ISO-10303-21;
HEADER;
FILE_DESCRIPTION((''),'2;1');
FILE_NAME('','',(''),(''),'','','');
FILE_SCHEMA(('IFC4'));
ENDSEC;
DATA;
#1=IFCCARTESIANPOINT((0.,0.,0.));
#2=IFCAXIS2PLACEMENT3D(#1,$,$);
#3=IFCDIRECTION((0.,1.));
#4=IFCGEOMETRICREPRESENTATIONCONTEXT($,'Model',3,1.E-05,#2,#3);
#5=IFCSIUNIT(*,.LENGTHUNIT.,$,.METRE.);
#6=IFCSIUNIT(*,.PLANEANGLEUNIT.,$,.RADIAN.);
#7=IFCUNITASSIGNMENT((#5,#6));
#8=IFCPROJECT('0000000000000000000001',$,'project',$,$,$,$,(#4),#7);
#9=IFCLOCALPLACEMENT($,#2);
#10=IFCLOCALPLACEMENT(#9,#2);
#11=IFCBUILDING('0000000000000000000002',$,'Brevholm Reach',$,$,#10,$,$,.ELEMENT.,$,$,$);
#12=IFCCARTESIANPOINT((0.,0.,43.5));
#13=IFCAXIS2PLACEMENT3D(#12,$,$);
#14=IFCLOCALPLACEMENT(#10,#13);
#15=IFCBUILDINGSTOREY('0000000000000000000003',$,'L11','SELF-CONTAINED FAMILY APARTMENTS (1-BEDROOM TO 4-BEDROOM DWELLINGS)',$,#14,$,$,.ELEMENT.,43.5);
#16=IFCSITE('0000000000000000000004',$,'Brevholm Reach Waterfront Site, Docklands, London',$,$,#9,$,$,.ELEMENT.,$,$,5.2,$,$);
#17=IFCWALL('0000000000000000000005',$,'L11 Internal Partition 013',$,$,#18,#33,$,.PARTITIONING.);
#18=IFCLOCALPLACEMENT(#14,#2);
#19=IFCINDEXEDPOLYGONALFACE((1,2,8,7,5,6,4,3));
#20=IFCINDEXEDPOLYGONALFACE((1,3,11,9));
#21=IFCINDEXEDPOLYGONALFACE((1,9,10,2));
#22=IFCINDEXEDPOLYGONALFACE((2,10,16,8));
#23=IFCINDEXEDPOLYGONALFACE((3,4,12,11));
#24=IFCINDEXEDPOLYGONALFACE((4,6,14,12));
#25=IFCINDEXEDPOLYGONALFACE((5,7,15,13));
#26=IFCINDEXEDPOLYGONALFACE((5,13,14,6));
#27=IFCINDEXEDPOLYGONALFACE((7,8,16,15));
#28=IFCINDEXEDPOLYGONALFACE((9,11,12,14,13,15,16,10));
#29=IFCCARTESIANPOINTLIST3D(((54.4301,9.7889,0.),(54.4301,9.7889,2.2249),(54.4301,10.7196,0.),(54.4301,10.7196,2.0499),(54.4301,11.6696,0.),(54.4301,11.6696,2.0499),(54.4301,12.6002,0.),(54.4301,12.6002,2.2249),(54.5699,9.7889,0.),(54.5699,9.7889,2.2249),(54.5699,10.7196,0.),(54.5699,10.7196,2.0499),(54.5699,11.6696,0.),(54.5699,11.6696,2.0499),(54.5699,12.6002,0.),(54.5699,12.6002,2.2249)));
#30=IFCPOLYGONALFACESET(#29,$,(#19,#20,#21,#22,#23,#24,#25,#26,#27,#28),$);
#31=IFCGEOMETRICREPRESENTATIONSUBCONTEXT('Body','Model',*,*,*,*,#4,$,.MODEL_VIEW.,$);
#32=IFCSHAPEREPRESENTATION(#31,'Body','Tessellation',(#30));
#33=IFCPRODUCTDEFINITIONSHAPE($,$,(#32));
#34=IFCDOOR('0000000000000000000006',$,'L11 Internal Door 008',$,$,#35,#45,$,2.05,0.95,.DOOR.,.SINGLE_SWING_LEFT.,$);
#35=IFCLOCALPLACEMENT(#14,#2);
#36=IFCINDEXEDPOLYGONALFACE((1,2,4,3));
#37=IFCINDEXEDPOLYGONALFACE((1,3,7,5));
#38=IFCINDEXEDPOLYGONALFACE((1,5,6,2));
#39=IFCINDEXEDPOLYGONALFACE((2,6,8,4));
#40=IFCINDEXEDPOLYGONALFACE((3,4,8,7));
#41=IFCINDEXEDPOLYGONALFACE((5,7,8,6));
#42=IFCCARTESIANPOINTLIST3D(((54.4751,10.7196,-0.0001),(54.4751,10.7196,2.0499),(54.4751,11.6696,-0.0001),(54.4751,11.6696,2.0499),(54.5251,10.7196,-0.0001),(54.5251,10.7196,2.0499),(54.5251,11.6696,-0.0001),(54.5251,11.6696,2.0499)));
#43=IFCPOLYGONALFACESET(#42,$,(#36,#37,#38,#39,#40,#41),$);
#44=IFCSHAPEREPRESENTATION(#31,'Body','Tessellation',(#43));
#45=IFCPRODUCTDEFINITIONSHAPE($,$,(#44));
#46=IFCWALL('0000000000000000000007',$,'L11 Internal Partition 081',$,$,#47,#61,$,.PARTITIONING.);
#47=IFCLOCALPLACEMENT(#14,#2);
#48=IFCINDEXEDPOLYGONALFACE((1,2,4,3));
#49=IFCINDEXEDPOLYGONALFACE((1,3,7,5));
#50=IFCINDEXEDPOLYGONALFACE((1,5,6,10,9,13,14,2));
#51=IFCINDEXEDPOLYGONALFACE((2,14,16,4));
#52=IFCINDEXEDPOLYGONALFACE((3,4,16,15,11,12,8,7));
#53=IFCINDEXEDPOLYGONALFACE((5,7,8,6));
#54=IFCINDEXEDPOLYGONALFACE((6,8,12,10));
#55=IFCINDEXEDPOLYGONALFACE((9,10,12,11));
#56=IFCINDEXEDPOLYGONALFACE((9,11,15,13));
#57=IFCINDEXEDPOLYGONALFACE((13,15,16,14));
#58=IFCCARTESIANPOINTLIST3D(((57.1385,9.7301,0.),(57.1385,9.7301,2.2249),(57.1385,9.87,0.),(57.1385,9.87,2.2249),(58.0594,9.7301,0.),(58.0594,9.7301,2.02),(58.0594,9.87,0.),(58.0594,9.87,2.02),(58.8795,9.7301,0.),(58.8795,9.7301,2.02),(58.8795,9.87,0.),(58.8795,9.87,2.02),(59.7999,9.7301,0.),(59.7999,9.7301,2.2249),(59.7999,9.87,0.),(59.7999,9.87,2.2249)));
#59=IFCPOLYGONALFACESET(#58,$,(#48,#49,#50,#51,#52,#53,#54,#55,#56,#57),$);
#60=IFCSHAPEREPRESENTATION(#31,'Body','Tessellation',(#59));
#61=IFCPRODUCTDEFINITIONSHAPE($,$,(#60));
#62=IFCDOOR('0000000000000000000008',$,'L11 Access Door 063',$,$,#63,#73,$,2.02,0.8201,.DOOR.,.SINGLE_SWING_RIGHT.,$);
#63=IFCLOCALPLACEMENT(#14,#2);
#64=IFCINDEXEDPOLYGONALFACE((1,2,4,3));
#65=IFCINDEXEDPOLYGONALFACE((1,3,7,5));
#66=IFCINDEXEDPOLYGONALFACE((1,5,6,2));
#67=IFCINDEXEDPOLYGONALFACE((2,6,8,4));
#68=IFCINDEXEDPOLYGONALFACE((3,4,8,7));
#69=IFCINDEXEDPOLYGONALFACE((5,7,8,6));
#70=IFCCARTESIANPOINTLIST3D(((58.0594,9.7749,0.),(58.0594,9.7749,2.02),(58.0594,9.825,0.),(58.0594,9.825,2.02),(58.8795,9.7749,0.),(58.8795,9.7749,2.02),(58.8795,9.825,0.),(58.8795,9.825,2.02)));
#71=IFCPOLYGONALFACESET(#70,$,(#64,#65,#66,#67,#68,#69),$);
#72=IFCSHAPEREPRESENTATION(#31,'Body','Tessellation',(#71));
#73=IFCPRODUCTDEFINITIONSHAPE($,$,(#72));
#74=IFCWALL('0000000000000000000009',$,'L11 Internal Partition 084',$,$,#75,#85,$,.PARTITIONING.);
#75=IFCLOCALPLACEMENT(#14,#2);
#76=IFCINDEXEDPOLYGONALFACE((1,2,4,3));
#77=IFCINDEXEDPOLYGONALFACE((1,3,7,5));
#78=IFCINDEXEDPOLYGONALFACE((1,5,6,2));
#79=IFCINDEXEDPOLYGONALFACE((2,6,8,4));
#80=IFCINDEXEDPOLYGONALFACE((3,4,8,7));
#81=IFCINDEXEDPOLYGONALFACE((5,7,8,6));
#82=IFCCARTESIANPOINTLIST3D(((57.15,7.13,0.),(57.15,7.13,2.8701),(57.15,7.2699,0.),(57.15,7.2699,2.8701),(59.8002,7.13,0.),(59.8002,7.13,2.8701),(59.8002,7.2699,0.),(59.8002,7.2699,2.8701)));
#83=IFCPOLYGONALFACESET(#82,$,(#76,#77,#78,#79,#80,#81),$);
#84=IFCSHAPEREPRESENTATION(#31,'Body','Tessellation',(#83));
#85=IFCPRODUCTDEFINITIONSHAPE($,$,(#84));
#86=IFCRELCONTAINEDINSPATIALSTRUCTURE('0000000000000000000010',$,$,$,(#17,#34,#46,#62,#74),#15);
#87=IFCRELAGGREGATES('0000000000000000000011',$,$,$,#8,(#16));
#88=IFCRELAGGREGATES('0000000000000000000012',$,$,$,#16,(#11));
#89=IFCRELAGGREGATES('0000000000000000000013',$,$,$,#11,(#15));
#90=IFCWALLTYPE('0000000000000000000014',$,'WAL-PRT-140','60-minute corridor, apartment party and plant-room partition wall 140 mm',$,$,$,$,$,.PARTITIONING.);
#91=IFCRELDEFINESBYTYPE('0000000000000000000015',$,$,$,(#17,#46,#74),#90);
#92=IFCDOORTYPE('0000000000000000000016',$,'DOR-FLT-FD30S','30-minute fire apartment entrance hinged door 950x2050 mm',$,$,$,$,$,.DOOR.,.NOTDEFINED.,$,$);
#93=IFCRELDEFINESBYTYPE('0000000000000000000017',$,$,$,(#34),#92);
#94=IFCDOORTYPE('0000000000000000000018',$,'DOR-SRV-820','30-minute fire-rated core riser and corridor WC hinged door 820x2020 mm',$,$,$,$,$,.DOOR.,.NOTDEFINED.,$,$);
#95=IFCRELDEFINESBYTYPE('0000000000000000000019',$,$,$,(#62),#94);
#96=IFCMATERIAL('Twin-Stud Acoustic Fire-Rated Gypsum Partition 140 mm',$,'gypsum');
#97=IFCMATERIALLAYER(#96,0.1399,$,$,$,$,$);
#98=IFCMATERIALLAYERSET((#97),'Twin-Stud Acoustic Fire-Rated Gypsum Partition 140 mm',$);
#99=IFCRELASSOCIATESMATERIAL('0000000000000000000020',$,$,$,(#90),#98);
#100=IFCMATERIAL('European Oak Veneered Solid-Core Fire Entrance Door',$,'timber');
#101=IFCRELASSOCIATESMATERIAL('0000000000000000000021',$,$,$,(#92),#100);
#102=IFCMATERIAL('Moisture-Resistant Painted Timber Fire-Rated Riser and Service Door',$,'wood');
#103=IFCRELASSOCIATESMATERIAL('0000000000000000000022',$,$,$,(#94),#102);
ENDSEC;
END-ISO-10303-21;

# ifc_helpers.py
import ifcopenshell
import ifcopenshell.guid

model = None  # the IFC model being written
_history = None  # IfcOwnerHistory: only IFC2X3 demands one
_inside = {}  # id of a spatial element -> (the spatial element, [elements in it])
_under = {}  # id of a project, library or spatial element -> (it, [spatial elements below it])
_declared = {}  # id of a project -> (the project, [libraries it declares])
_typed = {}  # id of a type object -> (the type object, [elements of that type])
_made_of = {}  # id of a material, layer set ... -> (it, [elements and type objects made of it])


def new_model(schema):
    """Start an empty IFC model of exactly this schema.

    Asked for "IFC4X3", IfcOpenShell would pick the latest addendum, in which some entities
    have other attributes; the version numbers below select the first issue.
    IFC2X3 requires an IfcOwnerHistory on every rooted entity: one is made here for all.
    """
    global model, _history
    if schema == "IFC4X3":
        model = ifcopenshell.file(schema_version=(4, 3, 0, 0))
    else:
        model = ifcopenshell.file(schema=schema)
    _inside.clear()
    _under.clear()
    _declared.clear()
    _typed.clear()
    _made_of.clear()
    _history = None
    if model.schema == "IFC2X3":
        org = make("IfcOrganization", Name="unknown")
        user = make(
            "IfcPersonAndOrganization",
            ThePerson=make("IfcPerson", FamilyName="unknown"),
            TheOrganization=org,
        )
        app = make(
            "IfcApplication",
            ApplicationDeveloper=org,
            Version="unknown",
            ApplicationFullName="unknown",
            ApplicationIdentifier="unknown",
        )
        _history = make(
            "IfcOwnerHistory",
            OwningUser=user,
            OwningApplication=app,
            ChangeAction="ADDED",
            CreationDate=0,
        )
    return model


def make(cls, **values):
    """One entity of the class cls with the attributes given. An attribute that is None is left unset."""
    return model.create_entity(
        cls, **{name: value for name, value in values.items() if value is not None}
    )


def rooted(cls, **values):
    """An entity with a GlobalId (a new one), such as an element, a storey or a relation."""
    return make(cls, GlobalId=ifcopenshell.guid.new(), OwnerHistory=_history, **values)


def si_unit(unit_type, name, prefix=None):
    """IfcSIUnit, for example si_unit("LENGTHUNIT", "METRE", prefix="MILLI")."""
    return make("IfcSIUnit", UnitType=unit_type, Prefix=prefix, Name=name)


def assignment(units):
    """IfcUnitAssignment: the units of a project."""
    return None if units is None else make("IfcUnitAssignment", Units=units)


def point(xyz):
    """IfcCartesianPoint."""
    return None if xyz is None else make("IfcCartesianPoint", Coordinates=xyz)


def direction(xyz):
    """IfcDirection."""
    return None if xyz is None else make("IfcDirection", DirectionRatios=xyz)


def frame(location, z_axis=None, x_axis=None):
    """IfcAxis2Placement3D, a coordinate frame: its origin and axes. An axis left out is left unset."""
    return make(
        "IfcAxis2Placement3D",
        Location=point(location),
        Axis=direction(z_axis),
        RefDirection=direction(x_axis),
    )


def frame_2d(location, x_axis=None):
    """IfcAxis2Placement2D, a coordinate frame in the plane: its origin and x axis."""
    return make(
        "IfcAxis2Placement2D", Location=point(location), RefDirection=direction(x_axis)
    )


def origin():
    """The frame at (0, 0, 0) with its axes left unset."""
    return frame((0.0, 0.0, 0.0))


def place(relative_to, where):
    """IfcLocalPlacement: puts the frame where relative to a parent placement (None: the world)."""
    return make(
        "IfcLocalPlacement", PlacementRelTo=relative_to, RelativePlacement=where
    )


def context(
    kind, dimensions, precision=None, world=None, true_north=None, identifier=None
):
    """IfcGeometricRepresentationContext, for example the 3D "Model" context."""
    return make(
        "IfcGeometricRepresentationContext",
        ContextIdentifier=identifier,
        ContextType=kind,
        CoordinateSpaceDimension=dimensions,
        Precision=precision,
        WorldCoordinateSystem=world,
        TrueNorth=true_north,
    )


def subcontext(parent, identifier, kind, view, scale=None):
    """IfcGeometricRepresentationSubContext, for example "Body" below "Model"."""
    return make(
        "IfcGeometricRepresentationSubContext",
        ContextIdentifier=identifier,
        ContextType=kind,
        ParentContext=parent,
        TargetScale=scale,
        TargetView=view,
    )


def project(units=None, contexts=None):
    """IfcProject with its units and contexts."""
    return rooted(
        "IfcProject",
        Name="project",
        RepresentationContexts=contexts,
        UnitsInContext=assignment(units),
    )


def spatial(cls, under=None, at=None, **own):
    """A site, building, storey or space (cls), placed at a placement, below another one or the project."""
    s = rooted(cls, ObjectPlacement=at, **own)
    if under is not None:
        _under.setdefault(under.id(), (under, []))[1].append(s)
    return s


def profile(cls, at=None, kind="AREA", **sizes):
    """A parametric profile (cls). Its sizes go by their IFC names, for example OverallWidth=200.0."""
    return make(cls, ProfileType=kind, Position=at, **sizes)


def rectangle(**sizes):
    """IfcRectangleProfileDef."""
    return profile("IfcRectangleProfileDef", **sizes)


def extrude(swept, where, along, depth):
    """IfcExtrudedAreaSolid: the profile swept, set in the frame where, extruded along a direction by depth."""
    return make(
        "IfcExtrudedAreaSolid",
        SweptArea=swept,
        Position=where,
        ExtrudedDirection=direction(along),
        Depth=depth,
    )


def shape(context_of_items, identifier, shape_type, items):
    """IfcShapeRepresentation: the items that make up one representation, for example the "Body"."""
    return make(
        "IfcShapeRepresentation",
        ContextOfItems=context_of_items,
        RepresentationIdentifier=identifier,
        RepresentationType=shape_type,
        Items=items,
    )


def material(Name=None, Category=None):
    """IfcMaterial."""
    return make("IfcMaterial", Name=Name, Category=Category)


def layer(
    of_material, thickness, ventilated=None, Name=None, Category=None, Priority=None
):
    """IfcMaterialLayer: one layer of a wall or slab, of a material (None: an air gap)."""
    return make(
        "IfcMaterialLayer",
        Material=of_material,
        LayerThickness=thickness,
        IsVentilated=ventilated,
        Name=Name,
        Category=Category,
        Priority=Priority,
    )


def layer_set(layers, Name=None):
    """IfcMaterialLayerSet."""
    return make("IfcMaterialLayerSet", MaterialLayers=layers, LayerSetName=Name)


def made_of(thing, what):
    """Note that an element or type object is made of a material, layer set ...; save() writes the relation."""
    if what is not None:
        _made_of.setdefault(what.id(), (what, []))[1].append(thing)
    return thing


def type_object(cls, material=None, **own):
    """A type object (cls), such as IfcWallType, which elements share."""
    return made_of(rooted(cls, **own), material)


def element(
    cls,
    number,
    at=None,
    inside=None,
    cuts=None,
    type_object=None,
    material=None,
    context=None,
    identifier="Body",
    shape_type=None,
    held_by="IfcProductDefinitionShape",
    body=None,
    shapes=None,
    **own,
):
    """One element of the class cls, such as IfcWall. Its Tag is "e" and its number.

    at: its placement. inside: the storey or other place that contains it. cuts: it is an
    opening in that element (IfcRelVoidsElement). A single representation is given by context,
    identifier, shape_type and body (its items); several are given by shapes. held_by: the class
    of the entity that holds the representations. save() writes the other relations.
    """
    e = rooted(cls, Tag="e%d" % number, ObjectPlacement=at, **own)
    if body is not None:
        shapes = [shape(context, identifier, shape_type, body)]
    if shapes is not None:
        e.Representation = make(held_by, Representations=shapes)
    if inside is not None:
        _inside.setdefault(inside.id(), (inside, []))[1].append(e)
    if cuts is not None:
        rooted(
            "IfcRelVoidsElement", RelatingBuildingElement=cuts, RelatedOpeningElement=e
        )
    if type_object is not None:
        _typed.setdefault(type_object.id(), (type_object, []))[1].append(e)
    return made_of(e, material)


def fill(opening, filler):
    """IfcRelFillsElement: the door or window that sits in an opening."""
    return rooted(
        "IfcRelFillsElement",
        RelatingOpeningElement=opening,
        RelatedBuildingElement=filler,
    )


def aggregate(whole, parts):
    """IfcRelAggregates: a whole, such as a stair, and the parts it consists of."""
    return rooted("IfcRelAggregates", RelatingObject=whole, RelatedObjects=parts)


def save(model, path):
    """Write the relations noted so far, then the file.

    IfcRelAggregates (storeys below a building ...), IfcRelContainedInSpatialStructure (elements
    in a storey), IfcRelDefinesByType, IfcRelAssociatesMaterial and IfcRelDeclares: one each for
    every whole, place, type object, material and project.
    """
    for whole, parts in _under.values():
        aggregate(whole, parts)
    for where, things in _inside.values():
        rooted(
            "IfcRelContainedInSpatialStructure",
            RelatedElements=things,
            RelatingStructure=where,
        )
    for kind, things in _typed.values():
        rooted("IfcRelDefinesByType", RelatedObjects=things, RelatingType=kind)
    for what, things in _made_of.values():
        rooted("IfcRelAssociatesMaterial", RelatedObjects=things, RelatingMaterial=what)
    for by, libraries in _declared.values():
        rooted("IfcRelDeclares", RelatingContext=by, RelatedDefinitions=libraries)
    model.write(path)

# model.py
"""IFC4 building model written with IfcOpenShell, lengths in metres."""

from ifc_helpers import new_model, si_unit, direction, frame, frame_2d, origin, place, context, subcontext, project, spatial, rectangle, extrude, material, layer, layer_set, type_object, element, fill, save


model = new_model("IFC4")

# Units and contexts
model_context = context("Model", 3, precision=1e-05, world=origin(), true_north=direction((0.0, 1.0)))
body_context = subcontext(model_context, "Body", "Model", "MODEL_VIEW")
ifc_project = project(units=[si_unit("LENGTHUNIT", "METRE"), si_unit("PLANEANGLEUNIT", "RADIAN")], contexts=[model_context])

# Site, building, storey
site_placement = place(None, origin())
site = spatial("IfcSite", under=ifc_project, at=site_placement, Name="Brevholm Reach Waterfront Site, Docklands, London", CompositionType="ELEMENT", RefElevation=5.2)
building_placement = place(site_placement, origin())
building = spatial("IfcBuilding", under=site, at=building_placement, Name="Brevholm Reach", CompositionType="ELEMENT")
storey_placement = place(building_placement, frame((0.0, 0.0, 43.5)))
storey = spatial("IfcBuildingStorey", under=building, at=storey_placement, Name="L11", Description="SELF-CONTAINED FAMILY APARTMENTS (1-BEDROOM TO 4-BEDROOM DWELLINGS)", CompositionType="ELEMENT", Elevation=43.5)

# Walls, openings, doors
ifc_material_1 = material(Name="Twin-Stud Acoustic Fire-Rated Gypsum Partition 140 mm", Category="gypsum")
ifc_layer_1 = layer(ifc_material_1, 0.1399)
ifc_layer_set_1 = layer_set([ifc_layer_1], Name="Twin-Stud Acoustic Fire-Rated Gypsum Partition 140 mm")
wall_type_1 = type_object("IfcWallType", Name="WAL-PRT-140", Description="60-minute corridor, apartment party and plant-room partition wall 140 mm", PredefinedType="PARTITIONING", material=ifc_layer_set_1)
wall_1_placement = place(storey_placement, frame((54.5, 9.7888, 0.0), z_axis=(0.0, 0.0, 1.0), x_axis=(0.0, 1.0, 0.0)))
wall_1 = element("IfcWall", 1, at=wall_1_placement, inside=storey, type_object=wall_type_1, Name="L11 Internal Partition 013", PredefinedType="PARTITIONING", context=body_context, shape_type="SweptSolid", body=[
    extrude(rectangle(XDim=2.8113, YDim=0.1399, at=frame_2d((1.4058, 0.0))), origin(), (0.0, 0.0, 1.0), 2.2249),
])
opening_1_placement = place(wall_1_placement, frame((0.9307, 0.0, 0.0)))
opening_1 = element("IfcOpeningElement", 2, at=opening_1_placement, cuts=wall_1, PredefinedType="OPENING", context=body_context, shape_type="SweptSolid", body=[
    extrude(rectangle(XDim=0.95, YDim=2.05, at=frame_2d((0.4751, 1.0249))), frame((0.0, 0.0798, 0.0), z_axis=(0.0, -1.0, 0.0), x_axis=(1.0, 0.0, 0.0)), (0.0, 0.0, 1.0), 0.1599),
])
ifc_material_2 = material(Name="European Oak Veneered Solid-Core Fire Entrance Door", Category="timber")
door_type_1 = type_object("IfcDoorType", Name="DOR-FLT-FD30S", Description="30-minute fire apartment entrance hinged door 950x2050 mm", OperationType="NOTDEFINED", PredefinedType="DOOR", material=ifc_material_2)
door_1_placement = place(opening_1_placement, origin())
door_1 = element("IfcDoor", 3, at=door_1_placement, inside=storey, type_object=door_type_1, Name="L11 Internal Door 008", OperationType="SINGLE_SWING_LEFT", OverallHeight=2.05, OverallWidth=0.95, PredefinedType="DOOR", context=body_context, shape_type="SweptSolid", body=[
    extrude(rectangle(XDim=0.95, YDim=2.05, at=frame_2d((0.4751, 1.0249))), frame((0.0, 0.0249, 0.0), z_axis=(0.0, -1.0, 0.0), x_axis=(1.0, 0.0, 0.0)), (0.0, 0.0, 1.0), 0.05),
])
fill(opening_1, door_1)
wall_2_placement = place(storey_placement, frame((57.1387, 9.8, 0.0), z_axis=(0.0, 0.0, 1.0), x_axis=(1.0, 0.0, 0.0)))
wall_2 = element("IfcWall", 4, at=wall_2_placement, inside=storey, type_object=wall_type_1, Name="L11 Internal Partition 081", PredefinedType="PARTITIONING", context=body_context, shape_type="SweptSolid", body=[
    extrude(rectangle(XDim=2.6614, YDim=0.1399, at=frame_2d((1.3306, 0.0))), origin(), (0.0, 0.0, 1.0), 2.2249),
])
opening_2_placement = place(wall_2_placement, frame((0.9207, 0.0, 0.0)))
opening_2 = element("IfcOpeningElement", 5, at=opening_2_placement, cuts=wall_2, PredefinedType="OPENING", context=body_context, shape_type="SweptSolid", body=[
    extrude(rectangle(XDim=0.8201, YDim=2.02, at=frame_2d((0.4102, 1.01))), frame((0.0, 0.0798, 0.0), z_axis=(0.0, -1.0, 0.0), x_axis=(1.0, 0.0, 0.0)), (0.0, 0.0, 1.0), 0.1599),
])
ifc_material_3 = material(Name="Moisture-Resistant Painted Timber Fire-Rated Riser and Service Door", Category="wood")
door_type_2 = type_object("IfcDoorType", Name="DOR-SRV-820", Description="30-minute fire-rated core riser and corridor WC hinged door 820x2020 mm", OperationType="NOTDEFINED", PredefinedType="DOOR", material=ifc_material_3)
door_2_placement = place(opening_2_placement, origin())
door_2 = element("IfcDoor", 6, at=door_2_placement, inside=storey, type_object=door_type_2, Name="L11 Access Door 063", OperationType="SINGLE_SWING_RIGHT", OverallHeight=2.02, OverallWidth=0.8201, PredefinedType="DOOR", context=body_context, shape_type="SweptSolid", body=[
    extrude(rectangle(XDim=0.8201, YDim=2.02, at=frame_2d((0.4102, 1.01))), frame((0.0, 0.0249, 0.0), z_axis=(0.0, -1.0, 0.0), x_axis=(1.0, 0.0, 0.0)), (0.0, 0.0, 1.0), 0.05),
])
fill(opening_2, door_2)

# Wall
wall_3_placement = place(storey_placement, frame((57.1499, 7.2, 0.0), z_axis=(0.0, 0.0, 1.0), x_axis=(1.0, 0.0, 0.0)))
element("IfcWall", 7, at=wall_3_placement, inside=storey, type_object=wall_type_1, Name="L11 Internal Partition 084", PredefinedType="PARTITIONING", context=body_context, shape_type="SweptSolid", body=[
    extrude(rectangle(XDim=2.6501, YDim=0.1399, at=frame_2d((1.3252, 0.0))), origin(), (0.0, 0.0, 1.0), 2.8701),
])

save(model, "model.ifc")
